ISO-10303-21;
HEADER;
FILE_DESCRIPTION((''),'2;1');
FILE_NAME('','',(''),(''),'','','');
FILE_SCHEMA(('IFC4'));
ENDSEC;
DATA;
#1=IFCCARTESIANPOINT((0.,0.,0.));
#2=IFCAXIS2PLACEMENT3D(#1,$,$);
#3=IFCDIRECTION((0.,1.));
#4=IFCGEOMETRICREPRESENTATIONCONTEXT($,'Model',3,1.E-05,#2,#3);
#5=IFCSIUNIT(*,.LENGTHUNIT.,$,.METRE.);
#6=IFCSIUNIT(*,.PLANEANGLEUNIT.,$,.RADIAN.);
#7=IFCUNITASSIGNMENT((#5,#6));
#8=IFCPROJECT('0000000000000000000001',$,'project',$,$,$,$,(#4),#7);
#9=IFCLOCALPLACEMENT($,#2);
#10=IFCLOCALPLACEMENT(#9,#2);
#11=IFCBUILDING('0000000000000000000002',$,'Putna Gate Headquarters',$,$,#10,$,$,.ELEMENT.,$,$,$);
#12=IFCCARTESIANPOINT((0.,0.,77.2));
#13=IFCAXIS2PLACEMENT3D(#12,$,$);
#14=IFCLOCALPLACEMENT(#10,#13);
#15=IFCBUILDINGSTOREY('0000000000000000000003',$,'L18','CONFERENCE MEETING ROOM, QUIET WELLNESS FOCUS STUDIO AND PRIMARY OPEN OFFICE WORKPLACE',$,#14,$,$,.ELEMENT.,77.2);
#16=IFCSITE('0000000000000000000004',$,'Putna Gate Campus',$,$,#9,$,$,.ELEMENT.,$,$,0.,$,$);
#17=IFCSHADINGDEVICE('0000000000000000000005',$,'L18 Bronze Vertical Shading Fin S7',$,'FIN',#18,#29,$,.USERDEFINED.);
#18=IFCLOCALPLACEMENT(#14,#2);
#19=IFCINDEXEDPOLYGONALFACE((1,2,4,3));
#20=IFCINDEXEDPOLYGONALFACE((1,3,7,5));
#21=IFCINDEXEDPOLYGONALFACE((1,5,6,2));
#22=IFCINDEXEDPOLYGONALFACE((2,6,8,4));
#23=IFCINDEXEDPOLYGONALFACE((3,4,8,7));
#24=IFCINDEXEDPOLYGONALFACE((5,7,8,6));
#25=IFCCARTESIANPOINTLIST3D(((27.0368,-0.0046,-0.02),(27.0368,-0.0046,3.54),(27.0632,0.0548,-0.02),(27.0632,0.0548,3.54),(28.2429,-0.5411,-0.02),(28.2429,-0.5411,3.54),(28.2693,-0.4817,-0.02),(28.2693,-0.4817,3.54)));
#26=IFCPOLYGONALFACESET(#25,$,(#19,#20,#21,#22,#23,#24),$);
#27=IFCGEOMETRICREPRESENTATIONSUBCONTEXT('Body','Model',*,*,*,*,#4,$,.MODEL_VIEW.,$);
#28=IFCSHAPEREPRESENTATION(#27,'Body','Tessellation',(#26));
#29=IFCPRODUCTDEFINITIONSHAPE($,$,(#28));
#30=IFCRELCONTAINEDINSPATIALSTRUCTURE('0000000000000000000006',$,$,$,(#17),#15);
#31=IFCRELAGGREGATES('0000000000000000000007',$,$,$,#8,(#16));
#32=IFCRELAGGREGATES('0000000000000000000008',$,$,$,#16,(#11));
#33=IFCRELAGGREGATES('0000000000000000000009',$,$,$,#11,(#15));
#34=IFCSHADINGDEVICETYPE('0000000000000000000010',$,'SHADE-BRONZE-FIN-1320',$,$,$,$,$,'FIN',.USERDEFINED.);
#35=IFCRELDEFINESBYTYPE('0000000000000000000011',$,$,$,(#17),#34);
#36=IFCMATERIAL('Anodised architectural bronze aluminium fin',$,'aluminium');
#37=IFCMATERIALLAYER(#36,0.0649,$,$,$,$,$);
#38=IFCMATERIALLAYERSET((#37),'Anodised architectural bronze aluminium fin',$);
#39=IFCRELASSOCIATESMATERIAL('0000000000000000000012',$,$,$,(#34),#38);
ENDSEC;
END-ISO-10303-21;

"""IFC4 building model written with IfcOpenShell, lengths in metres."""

from ifc_helpers import new_model, si_unit, direction, frame, origin, origin_2d, place, context, subcontext, project, spatial, rectangle, extrude, material, layer, layer_set, type_object, element, save


model = new_model("IFC4")

# Units and contexts
model_context = context("Model", 3, precision=1e-05, world=origin(), true_north=direction((0.0, 1.0)))
body_context = subcontext(model_context, "Body", "Model", "MODEL_VIEW")
ifc_project = project(units=[si_unit("LENGTHUNIT", "METRE"), si_unit("PLANEANGLEUNIT", "RADIAN")], contexts=[model_context])

# Site, building, storey
site_placement = place(None, origin())
site = spatial("IfcSite", under=ifc_project, at=site_placement, Name="Putna Gate Campus", CompositionType="ELEMENT", RefElevation=0.0)
building_placement = place(site_placement, origin())
building = spatial("IfcBuilding", under=site, at=building_placement, Name="Putna Gate Headquarters", CompositionType="ELEMENT")
storey_placement = place(building_placement, frame((0.0, 0.0, 77.2)))
storey = spatial("IfcBuildingStorey", under=building, at=storey_placement, Name="L18", Description="CONFERENCE MEETING ROOM, QUIET WELLNESS FOCUS STUDIO AND PRIMARY OPEN OFFICE WORKPLACE", CompositionType="ELEMENT", Elevation=77.2)

# Shading device
ifc_material_1 = material(Name="Anodised architectural bronze aluminium fin", Category="aluminium")
ifc_layer_1 = layer(ifc_material_1, 0.0649)
ifc_layer_set_1 = layer_set([ifc_layer_1], Name="Anodised architectural bronze aluminium fin")
shading_device_type = type_object("IfcShadingDeviceType", Name="SHADE-BRONZE-FIN-1320", ElementType="FIN", PredefinedType="USERDEFINED", material=ifc_layer_set_1)
for number, where, z_axis, x_axis, name in (
    (1, (27.6531, -0.2432, -0.02), (0.0, 0.0, 1.0), (0.913687, -0.406418, 0.0), "L18 Bronze Vertical Shading Fin S7"),
):
    element("IfcShadingDevice", number, at=place(storey_placement, frame(where, z_axis=z_axis, x_axis=x_axis)), inside=storey, type_object=shading_device_type, Name=name, ObjectType="FIN", PredefinedType="USERDEFINED", context=body_context, shape_type="SweptSolid", body=[
        extrude(rectangle(XDim=1.3201, YDim=0.0649, at=origin_2d()), origin(), (0.0, 0.0, 1.0), 3.5601),
    ])

save(model, "model.ifc")
